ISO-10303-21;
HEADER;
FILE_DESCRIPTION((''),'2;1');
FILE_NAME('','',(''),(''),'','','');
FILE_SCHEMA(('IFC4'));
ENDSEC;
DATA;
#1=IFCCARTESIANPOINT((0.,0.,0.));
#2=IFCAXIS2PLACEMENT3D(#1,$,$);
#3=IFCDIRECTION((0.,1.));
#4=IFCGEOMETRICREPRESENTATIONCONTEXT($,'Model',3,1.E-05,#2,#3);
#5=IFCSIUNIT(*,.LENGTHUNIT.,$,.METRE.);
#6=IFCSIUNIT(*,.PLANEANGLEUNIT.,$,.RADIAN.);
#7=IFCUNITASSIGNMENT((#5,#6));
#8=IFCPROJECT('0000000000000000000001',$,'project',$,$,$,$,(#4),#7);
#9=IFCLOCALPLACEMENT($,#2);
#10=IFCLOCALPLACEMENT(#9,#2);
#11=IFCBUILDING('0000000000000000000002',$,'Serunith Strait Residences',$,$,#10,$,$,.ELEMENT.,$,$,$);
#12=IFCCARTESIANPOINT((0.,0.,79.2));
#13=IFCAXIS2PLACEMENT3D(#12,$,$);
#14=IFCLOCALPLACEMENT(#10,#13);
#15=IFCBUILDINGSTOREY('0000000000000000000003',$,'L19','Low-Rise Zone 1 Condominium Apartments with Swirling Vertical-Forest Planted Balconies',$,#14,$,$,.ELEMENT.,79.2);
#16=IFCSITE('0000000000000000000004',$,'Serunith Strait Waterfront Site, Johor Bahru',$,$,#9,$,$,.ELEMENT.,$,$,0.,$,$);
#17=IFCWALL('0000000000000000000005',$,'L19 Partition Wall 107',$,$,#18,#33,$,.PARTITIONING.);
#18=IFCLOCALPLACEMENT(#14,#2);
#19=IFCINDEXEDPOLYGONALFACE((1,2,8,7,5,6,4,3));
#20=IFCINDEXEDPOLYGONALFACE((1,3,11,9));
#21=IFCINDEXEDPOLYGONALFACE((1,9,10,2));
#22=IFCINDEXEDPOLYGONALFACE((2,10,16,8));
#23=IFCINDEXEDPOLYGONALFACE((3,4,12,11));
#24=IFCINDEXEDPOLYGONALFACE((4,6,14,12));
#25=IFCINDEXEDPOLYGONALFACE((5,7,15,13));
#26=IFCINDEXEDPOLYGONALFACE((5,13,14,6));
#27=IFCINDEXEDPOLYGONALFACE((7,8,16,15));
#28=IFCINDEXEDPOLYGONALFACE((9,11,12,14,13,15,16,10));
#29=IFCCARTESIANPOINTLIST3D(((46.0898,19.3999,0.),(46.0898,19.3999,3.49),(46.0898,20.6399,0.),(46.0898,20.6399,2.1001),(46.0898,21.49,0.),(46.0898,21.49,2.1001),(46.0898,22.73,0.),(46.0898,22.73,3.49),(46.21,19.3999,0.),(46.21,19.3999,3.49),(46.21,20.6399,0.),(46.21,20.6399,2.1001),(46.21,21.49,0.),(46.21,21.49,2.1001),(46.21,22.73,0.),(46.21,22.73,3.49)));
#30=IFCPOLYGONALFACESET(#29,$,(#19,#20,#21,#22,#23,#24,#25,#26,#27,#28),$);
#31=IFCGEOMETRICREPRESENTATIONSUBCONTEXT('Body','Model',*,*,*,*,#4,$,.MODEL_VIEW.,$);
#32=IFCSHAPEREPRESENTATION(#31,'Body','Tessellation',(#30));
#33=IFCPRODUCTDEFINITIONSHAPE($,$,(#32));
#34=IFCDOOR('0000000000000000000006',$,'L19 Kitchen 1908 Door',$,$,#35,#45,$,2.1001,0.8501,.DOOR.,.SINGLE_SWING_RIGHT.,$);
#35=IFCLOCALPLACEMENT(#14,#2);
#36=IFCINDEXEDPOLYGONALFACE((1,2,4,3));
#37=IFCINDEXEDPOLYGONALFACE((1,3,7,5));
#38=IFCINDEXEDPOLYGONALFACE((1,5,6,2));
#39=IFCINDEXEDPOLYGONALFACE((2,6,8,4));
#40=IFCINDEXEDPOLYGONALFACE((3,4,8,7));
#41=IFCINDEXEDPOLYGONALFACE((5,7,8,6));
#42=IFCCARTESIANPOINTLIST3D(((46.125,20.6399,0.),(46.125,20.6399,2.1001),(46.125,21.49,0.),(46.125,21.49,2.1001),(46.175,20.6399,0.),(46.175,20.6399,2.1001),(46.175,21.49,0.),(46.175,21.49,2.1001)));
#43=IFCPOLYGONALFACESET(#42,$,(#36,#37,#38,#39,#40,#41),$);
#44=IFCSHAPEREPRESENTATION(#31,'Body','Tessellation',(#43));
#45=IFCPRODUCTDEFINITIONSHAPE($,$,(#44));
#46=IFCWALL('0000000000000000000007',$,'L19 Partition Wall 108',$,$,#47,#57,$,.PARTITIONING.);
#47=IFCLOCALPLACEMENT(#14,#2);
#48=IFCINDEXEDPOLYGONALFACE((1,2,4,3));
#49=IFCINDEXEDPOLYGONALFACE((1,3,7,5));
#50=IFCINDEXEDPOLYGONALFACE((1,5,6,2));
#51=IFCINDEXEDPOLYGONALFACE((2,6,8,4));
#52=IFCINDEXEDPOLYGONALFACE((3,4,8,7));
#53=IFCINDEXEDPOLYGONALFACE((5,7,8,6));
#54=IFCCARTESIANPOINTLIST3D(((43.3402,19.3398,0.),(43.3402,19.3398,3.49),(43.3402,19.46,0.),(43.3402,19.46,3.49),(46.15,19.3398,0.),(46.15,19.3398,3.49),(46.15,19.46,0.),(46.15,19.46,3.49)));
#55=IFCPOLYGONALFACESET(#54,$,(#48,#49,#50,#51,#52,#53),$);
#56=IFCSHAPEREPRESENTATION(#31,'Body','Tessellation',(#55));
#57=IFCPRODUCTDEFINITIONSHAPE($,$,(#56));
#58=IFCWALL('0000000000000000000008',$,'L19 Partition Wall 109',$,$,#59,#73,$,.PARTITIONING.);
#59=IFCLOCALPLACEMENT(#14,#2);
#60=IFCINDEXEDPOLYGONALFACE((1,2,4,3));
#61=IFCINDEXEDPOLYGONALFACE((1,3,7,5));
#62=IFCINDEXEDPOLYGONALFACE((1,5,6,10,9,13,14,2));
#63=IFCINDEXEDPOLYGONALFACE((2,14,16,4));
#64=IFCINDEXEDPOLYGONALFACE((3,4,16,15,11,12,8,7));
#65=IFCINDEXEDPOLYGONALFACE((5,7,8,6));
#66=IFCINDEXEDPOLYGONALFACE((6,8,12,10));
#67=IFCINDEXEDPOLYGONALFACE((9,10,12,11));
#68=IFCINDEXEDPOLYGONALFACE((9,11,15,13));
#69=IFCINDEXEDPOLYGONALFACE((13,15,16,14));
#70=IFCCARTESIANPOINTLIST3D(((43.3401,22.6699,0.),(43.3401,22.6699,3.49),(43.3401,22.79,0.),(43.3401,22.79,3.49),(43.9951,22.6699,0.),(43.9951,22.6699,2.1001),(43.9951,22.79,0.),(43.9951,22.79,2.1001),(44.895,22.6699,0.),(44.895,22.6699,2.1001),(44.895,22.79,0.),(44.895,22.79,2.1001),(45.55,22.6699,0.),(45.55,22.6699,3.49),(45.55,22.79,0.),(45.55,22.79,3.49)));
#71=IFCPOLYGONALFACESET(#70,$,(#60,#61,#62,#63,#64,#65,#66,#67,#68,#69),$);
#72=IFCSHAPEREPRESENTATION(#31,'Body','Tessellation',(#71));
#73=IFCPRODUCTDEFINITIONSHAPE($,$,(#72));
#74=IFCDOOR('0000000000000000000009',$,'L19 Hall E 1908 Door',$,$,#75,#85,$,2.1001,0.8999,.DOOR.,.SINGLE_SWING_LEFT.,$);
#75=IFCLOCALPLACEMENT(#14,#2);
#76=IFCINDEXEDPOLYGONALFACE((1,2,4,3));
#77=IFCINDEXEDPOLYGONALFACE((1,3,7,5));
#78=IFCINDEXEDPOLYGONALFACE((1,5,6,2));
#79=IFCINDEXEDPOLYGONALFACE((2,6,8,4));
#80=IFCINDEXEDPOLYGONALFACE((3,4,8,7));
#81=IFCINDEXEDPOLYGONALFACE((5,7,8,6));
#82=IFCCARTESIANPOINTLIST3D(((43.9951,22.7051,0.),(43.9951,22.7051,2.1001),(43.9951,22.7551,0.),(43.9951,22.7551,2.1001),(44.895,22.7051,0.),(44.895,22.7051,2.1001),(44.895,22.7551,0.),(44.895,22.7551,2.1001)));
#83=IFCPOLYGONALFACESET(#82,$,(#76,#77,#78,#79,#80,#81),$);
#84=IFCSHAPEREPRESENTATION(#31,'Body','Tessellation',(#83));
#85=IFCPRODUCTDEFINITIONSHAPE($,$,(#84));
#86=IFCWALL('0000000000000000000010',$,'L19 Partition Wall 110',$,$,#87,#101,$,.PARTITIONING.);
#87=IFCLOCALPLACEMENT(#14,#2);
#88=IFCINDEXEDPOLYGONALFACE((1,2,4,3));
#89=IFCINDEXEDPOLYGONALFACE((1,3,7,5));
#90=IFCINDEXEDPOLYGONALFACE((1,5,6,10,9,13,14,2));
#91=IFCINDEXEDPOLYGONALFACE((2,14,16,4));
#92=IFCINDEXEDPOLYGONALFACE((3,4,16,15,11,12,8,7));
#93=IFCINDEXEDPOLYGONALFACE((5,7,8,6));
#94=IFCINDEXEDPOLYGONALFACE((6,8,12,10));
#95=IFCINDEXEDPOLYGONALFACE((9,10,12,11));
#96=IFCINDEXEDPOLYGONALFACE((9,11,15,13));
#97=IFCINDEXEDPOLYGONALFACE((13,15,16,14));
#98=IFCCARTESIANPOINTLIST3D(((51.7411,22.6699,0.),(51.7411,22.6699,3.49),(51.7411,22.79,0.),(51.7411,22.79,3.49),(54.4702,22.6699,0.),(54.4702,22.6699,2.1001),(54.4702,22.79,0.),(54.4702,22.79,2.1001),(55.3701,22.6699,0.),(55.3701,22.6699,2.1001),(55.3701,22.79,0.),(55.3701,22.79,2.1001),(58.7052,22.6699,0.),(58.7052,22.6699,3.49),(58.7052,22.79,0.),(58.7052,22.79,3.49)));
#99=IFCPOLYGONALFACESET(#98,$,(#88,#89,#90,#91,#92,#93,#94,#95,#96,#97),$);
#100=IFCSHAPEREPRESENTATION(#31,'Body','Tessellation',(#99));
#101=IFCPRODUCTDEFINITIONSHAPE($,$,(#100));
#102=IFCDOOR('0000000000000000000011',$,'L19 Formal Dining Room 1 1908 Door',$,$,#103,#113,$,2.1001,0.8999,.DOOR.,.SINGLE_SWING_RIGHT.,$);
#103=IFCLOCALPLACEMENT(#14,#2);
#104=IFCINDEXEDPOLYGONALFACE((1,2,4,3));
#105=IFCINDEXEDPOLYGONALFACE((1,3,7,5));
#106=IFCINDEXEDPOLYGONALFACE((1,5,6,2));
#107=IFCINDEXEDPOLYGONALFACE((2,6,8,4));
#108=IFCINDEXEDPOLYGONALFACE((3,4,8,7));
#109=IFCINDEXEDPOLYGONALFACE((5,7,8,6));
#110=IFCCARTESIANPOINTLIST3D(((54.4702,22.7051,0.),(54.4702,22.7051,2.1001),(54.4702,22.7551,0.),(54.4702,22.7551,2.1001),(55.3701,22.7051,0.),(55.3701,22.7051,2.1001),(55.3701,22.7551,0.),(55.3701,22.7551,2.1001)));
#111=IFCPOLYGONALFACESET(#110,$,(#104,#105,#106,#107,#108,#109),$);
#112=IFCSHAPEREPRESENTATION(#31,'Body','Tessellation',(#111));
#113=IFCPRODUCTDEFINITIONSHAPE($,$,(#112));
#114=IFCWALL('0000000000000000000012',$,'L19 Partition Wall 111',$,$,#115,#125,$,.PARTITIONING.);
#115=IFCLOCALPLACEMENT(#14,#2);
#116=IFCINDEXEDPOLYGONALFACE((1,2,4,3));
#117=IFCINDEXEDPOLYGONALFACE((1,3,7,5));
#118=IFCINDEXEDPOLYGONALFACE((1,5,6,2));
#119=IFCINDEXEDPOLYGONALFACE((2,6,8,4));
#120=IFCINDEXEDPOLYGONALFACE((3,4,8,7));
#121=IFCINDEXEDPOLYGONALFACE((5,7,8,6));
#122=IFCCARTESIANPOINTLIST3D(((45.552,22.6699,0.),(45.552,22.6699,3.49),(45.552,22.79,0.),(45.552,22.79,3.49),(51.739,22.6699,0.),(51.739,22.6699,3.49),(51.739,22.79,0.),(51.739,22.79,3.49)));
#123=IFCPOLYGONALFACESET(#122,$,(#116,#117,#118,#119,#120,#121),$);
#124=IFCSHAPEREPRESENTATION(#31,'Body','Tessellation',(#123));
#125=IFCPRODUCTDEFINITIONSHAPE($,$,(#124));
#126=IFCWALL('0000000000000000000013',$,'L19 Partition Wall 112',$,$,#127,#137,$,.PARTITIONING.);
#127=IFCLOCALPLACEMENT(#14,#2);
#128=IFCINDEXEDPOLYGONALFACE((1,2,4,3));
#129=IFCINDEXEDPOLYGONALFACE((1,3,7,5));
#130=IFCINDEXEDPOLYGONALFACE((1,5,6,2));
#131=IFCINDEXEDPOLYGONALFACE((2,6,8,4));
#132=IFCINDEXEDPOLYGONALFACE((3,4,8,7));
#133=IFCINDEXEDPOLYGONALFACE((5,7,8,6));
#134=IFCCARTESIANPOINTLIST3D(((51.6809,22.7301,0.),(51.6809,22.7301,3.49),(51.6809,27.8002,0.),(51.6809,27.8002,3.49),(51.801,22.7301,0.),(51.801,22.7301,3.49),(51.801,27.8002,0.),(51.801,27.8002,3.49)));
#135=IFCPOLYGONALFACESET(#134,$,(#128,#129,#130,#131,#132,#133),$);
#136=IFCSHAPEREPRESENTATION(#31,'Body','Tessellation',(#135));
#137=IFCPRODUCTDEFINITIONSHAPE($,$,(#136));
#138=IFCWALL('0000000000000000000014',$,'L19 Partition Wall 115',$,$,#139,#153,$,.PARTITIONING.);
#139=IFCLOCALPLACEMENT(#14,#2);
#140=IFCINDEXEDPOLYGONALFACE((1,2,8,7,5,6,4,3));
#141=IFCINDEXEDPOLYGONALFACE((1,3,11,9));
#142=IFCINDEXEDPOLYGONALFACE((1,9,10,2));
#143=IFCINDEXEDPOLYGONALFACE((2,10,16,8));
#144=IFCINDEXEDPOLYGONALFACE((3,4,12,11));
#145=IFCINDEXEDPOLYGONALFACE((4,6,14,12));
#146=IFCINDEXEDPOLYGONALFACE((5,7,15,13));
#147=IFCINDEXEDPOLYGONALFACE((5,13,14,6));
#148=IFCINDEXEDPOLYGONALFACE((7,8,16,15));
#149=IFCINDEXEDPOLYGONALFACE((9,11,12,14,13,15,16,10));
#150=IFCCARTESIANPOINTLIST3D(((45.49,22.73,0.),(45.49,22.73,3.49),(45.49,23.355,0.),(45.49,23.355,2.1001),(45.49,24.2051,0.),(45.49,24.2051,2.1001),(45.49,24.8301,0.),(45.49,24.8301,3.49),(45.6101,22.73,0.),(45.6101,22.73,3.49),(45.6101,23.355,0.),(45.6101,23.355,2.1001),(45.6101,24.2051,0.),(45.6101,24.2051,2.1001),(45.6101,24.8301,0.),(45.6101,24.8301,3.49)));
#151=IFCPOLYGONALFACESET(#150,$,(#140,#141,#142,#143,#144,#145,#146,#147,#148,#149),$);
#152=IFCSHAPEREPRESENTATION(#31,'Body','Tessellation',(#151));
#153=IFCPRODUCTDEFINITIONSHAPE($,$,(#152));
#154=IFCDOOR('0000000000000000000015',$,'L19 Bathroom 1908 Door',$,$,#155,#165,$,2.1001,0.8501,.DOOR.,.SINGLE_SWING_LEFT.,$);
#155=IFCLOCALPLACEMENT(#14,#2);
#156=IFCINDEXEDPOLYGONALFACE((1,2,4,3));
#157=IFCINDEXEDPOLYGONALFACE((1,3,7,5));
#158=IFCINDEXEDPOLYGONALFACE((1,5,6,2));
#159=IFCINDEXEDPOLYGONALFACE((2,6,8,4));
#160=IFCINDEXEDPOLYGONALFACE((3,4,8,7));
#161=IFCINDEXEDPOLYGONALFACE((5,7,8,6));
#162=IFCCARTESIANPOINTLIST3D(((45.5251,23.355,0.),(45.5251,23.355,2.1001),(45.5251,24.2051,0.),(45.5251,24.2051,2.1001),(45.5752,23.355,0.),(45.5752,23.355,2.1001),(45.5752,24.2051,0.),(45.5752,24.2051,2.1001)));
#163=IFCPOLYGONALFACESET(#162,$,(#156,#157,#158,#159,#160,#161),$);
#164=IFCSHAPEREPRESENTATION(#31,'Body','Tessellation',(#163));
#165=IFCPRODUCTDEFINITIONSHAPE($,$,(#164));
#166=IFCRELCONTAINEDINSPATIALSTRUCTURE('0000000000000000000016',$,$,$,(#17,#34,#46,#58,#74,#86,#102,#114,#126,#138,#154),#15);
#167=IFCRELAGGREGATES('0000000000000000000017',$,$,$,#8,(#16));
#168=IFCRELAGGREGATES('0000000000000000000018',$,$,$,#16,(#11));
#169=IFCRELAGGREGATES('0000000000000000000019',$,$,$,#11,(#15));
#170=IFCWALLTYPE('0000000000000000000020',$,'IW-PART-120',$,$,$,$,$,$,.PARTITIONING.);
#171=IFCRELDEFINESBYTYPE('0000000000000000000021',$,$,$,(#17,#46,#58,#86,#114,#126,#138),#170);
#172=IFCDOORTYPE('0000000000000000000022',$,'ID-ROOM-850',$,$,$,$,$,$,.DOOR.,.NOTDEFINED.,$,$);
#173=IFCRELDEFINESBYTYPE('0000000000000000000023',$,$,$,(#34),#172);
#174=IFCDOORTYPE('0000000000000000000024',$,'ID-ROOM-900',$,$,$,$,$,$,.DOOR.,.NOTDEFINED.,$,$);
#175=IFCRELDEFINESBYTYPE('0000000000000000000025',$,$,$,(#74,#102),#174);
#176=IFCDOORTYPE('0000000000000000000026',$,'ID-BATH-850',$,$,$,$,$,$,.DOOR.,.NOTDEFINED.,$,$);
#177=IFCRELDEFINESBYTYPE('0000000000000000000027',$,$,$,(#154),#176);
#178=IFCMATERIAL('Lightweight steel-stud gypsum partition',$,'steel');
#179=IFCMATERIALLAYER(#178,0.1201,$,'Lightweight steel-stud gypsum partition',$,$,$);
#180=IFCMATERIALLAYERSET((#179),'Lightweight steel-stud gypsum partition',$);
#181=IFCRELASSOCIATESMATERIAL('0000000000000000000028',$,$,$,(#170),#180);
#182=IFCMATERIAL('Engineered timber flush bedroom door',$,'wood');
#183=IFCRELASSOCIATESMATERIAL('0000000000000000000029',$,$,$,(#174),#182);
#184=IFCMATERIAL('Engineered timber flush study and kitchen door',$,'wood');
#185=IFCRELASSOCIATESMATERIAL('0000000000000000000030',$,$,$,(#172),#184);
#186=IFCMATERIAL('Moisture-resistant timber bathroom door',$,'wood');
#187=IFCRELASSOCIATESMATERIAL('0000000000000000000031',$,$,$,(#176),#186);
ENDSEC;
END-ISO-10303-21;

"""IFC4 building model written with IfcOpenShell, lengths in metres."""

from ifc_helpers import new_model, si_unit, direction, frame, frame_2d, origin, place, context, subcontext, project, spatial, rectangle, extrude, source, transform, mapped, material, layer, layer_set, type_object, element, fill, save


model = new_model("IFC4")

# Units and contexts
model_context = context("Model", 3, precision=1e-05, world=origin(), true_north=direction((0.0, 1.0)))
body_context = subcontext(model_context, "Body", "Model", "MODEL_VIEW")
ifc_project = project(units=[si_unit("LENGTHUNIT", "METRE"), si_unit("PLANEANGLEUNIT", "RADIAN")], contexts=[model_context])

# Site, building, storey
site_placement = place(None, origin())
site = spatial("IfcSite", under=ifc_project, at=site_placement, Name="Serunith Strait Waterfront Site, Johor Bahru", CompositionType="ELEMENT", RefElevation=0.0)
building_placement = place(site_placement, origin())
building = spatial("IfcBuilding", under=site, at=building_placement, Name="Serunith Strait Residences", CompositionType="ELEMENT")
storey_placement = place(building_placement, frame((0.0, 0.0, 79.2)))
storey = spatial("IfcBuildingStorey", under=building, at=storey_placement, Name="L19", Description="Low-Rise Zone 1 Condominium Apartments with Swirling Vertical-Forest Planted Balconies", CompositionType="ELEMENT", Elevation=79.2)

# Shared definitions
ifc_material_1 = material(Name="Lightweight steel-stud gypsum partition", Category="steel")
ifc_layer_1 = layer(ifc_material_1, 0.1201, Name="Lightweight steel-stud gypsum partition")
ifc_layer_set_1 = layer_set([ifc_layer_1], Name="Lightweight steel-stud gypsum partition")
wall_type_1 = type_object("IfcWallType", Name="IW-PART-120", PredefinedType="PARTITIONING", material=ifc_layer_set_1)
ifc_material_2 = material(Name="Engineered timber flush bedroom door", Category="wood")
door_type_1 = type_object("IfcDoorType", Name="ID-ROOM-900", OperationType="NOTDEFINED", PredefinedType="DOOR", material=ifc_material_2)
shared_shape_1 = source(origin(), body_context, "Body", "SweptSolid", [
    extrude(rectangle(XDim=0.8999, YDim=2.1001, at=frame_2d((0.45, 1.05))), frame((0.0, 0.0249, 0.0), z_axis=(0.0, -1.0, 0.0), x_axis=(1.0, 0.0, 0.0)), (0.0, 0.0, 1.0), 0.05),
])

# Wall, opening, door
wall_1_placement = place(storey_placement, frame((46.1499, 19.3999, 0.0), z_axis=(0.0, 0.0, 1.0), x_axis=(0.0, 1.0, 0.0)))
wall_1 = element("IfcWall", 1, at=wall_1_placement, inside=storey, type_object=wall_type_1, Name="L19 Partition Wall 107", PredefinedType="PARTITIONING", context=body_context, shape_type="SweptSolid", body=[
    extrude(rectangle(XDim=3.3301, YDim=0.1201, at=frame_2d((1.665, 0.0))), origin(), (0.0, 0.0, 1.0), 3.49),
])
opening_1_placement = place(wall_1_placement, frame((1.24, 0.0, 0.0)))
opening_1 = element("IfcOpeningElement", 2, at=opening_1_placement, cuts=wall_1, PredefinedType="OPENING", context=body_context, shape_type="SweptSolid", body=[
    extrude(rectangle(XDim=0.8501, YDim=2.1001, at=frame_2d((0.425, 1.05))), frame((0.0, 0.0701, 0.0), z_axis=(0.0, -1.0, 0.0), x_axis=(1.0, 0.0, 0.0)), (0.0, 0.0, 1.0), 0.1401),
])
ifc_material_3 = material(Name="Engineered timber flush study and kitchen door", Category="wood")
door_type_2 = type_object("IfcDoorType", Name="ID-ROOM-850", OperationType="NOTDEFINED", PredefinedType="DOOR", material=ifc_material_3)
shared_shape_2 = source(origin(), body_context, "Body", "SweptSolid", [
    extrude(rectangle(XDim=0.8501, YDim=2.1001, at=frame_2d((0.425, 1.05))), frame((0.0, 0.0249, 0.0), z_axis=(0.0, -1.0, 0.0), x_axis=(1.0, 0.0, 0.0)), (0.0, 0.0, 1.0), 0.05),
])
door_1_placement = place(opening_1_placement, origin())
door_1 = element("IfcDoor", 3, at=door_1_placement, inside=storey, type_object=door_type_2, Name="L19 Kitchen 1908 Door", OperationType="SINGLE_SWING_RIGHT", OverallHeight=2.1001, OverallWidth=0.8501, PredefinedType="DOOR", context=body_context, shape_type="MappedRepresentation", body=[
    mapped(shared_shape_2, transform((0.0, 0.0, 0.0), scale=1.0)),
])
fill(opening_1, door_1)

# Wall
wall_2_placement = place(storey_placement, frame((46.1499, 19.3999, 0.0), z_axis=(0.0, 0.0, 1.0), x_axis=(-1.0, 0.0, 0.0)))
element("IfcWall", 4, at=wall_2_placement, inside=storey, type_object=wall_type_1, Name="L19 Partition Wall 108", PredefinedType="PARTITIONING", context=body_context, shape_type="SweptSolid", body=[
    extrude(rectangle(XDim=2.8098, YDim=0.1201, at=frame_2d((1.4048, 0.0))), origin(), (0.0, 0.0, 1.0), 3.49),
])

# Walls, openings, doors
wall_3_placement = place(storey_placement, frame((45.55, 22.73, 0.0), z_axis=(0.0, 0.0, 1.0), x_axis=(-1.0, 0.0, 0.0)))
wall_3 = element("IfcWall", 5, at=wall_3_placement, inside=storey, type_object=wall_type_1, Name="L19 Partition Wall 109", PredefinedType="PARTITIONING", context=body_context, shape_type="SweptSolid", body=[
    extrude(rectangle(XDim=2.21, YDim=0.1201, at=frame_2d((1.105, 0.0))), origin(), (0.0, 0.0, 1.0), 3.49),
])
opening_2_placement = place(wall_3_placement, frame((0.655, 0.0, 0.0)))
opening_2 = element("IfcOpeningElement", 6, at=opening_2_placement, cuts=wall_3, PredefinedType="OPENING", context=body_context, shape_type="SweptSolid", body=[
    extrude(rectangle(XDim=0.8999, YDim=2.1001, at=frame_2d((0.45, 1.05))), frame((0.0, 0.0701, 0.0), z_axis=(0.0, -1.0, 0.0), x_axis=(1.0, 0.0, 0.0)), (0.0, 0.0, 1.0), 0.1401),
])
door_2_placement = place(opening_2_placement, origin())
door_2 = element("IfcDoor", 7, at=door_2_placement, inside=storey, type_object=door_type_1, Name="L19 Hall E 1908 Door", OperationType="SINGLE_SWING_LEFT", OverallHeight=2.1001, OverallWidth=0.8999, PredefinedType="DOOR", context=body_context, shape_type="MappedRepresentation", body=[
    mapped(shared_shape_1, transform((0.0, 0.0, 0.0), scale=1.0)),
])
fill(opening_2, door_2)
wall_4_placement = place(storey_placement, frame((58.7051, 22.73, 0.0), z_axis=(0.0, 0.0, 1.0), x_axis=(-1.0, 0.0, 0.0)))
wall_4 = element("IfcWall", 8, at=wall_4_placement, inside=storey, type_object=wall_type_1, Name="L19 Partition Wall 110", PredefinedType="PARTITIONING", context=body_context, shape_type="SweptSolid", body=[
    extrude(rectangle(XDim=6.9641, YDim=0.1201, at=frame_2d((3.4819, 0.0))), origin(), (0.0, 0.0, 1.0), 3.49),
])
opening_3_placement = place(wall_4_placement, frame((3.335, 0.0, 0.0)))
opening_3 = element("IfcOpeningElement", 9, at=opening_3_placement, cuts=wall_4, PredefinedType="OPENING", context=body_context, shape_type="SweptSolid", body=[
    extrude(rectangle(XDim=0.8999, YDim=2.1001, at=frame_2d((0.45, 1.05))), frame((0.0, 0.0701, 0.0), z_axis=(0.0, -1.0, 0.0), x_axis=(1.0, 0.0, 0.0)), (0.0, 0.0, 1.0), 0.1401),
])
door_3_placement = place(opening_3_placement, origin())
door_3 = element("IfcDoor", 10, at=door_3_placement, inside=storey, type_object=door_type_1, Name="L19 Formal Dining Room 1 1908 Door", OperationType="SINGLE_SWING_RIGHT", OverallHeight=2.1001, OverallWidth=0.8999, PredefinedType="DOOR", context=body_context, shape_type="MappedRepresentation", body=[
    mapped(shared_shape_1, transform((0.0, 0.0, 0.0), scale=1.0)),
])
fill(opening_3, door_3)

# Walls
wall_5_placement = place(storey_placement, frame((51.739, 22.73, 0.0), z_axis=(0.0, 0.0, 1.0), x_axis=(-1.0, 0.0, 0.0)))
element("IfcWall", 11, at=wall_5_placement, inside=storey, type_object=wall_type_1, Name="L19 Partition Wall 111", PredefinedType="PARTITIONING", context=body_context, shape_type="SweptSolid", body=[
    extrude(rectangle(XDim=6.187, YDim=0.1201, at=frame_2d((3.0935, 0.0))), origin(), (0.0, 0.0, 1.0), 3.49),
])
wall_6_placement = place(storey_placement, frame((51.741, 22.73, 0.0), z_axis=(0.0, 0.0, 1.0), x_axis=(0.0, 1.0, 0.0)))
element("IfcWall", 12, at=wall_6_placement, inside=storey, type_object=wall_type_1, Name="L19 Partition Wall 112", PredefinedType="PARTITIONING", context=body_context, shape_type="SweptSolid", body=[
    extrude(rectangle(XDim=5.0701, YDim=0.1201, at=frame_2d((2.5352, 0.0))), origin(), (0.0, 0.0, 1.0), 3.49),
])

# Wall, opening, door
wall_7_placement = place(storey_placement, frame((45.55, 22.73, 0.0), z_axis=(0.0, 0.0, 1.0), x_axis=(0.0, 1.0, 0.0)))
wall_7 = element("IfcWall", 13, at=wall_7_placement, inside=storey, type_object=wall_type_1, Name="L19 Partition Wall 115", PredefinedType="PARTITIONING", context=body_context, shape_type="SweptSolid", body=[
    extrude(rectangle(XDim=2.1001, YDim=0.1201, at=frame_2d((1.05, 0.0))), origin(), (0.0, 0.0, 1.0), 3.49),
])
opening_4_placement = place(wall_7_placement, frame((0.625, 0.0, 0.0)))
opening_4 = element("IfcOpeningElement", 14, at=opening_4_placement, cuts=wall_7, PredefinedType="OPENING", context=body_context, shape_type="SweptSolid", body=[
    extrude(rectangle(XDim=0.8501, YDim=2.1001, at=frame_2d((0.425, 1.05))), frame((0.0, 0.0701, 0.0), z_axis=(0.0, -1.0, 0.0), x_axis=(1.0, 0.0, 0.0)), (0.0, 0.0, 1.0), 0.1401),
])
ifc_material_4 = material(Name="Moisture-resistant timber bathroom door", Category="wood")
door_type_3 = type_object("IfcDoorType", Name="ID-BATH-850", OperationType="NOTDEFINED", PredefinedType="DOOR", material=ifc_material_4)
door_4_placement = place(opening_4_placement, origin())
door_4 = element("IfcDoor", 15, at=door_4_placement, inside=storey, type_object=door_type_3, Name="L19 Bathroom 1908 Door", OperationType="SINGLE_SWING_LEFT", OverallHeight=2.1001, OverallWidth=0.8501, PredefinedType="DOOR", context=body_context, shape_type="MappedRepresentation", body=[
    mapped(shared_shape_2, transform((0.0, 0.0, 0.0), scale=1.0)),
])
fill(opening_4, door_4)

save(model, "model.ifc")
